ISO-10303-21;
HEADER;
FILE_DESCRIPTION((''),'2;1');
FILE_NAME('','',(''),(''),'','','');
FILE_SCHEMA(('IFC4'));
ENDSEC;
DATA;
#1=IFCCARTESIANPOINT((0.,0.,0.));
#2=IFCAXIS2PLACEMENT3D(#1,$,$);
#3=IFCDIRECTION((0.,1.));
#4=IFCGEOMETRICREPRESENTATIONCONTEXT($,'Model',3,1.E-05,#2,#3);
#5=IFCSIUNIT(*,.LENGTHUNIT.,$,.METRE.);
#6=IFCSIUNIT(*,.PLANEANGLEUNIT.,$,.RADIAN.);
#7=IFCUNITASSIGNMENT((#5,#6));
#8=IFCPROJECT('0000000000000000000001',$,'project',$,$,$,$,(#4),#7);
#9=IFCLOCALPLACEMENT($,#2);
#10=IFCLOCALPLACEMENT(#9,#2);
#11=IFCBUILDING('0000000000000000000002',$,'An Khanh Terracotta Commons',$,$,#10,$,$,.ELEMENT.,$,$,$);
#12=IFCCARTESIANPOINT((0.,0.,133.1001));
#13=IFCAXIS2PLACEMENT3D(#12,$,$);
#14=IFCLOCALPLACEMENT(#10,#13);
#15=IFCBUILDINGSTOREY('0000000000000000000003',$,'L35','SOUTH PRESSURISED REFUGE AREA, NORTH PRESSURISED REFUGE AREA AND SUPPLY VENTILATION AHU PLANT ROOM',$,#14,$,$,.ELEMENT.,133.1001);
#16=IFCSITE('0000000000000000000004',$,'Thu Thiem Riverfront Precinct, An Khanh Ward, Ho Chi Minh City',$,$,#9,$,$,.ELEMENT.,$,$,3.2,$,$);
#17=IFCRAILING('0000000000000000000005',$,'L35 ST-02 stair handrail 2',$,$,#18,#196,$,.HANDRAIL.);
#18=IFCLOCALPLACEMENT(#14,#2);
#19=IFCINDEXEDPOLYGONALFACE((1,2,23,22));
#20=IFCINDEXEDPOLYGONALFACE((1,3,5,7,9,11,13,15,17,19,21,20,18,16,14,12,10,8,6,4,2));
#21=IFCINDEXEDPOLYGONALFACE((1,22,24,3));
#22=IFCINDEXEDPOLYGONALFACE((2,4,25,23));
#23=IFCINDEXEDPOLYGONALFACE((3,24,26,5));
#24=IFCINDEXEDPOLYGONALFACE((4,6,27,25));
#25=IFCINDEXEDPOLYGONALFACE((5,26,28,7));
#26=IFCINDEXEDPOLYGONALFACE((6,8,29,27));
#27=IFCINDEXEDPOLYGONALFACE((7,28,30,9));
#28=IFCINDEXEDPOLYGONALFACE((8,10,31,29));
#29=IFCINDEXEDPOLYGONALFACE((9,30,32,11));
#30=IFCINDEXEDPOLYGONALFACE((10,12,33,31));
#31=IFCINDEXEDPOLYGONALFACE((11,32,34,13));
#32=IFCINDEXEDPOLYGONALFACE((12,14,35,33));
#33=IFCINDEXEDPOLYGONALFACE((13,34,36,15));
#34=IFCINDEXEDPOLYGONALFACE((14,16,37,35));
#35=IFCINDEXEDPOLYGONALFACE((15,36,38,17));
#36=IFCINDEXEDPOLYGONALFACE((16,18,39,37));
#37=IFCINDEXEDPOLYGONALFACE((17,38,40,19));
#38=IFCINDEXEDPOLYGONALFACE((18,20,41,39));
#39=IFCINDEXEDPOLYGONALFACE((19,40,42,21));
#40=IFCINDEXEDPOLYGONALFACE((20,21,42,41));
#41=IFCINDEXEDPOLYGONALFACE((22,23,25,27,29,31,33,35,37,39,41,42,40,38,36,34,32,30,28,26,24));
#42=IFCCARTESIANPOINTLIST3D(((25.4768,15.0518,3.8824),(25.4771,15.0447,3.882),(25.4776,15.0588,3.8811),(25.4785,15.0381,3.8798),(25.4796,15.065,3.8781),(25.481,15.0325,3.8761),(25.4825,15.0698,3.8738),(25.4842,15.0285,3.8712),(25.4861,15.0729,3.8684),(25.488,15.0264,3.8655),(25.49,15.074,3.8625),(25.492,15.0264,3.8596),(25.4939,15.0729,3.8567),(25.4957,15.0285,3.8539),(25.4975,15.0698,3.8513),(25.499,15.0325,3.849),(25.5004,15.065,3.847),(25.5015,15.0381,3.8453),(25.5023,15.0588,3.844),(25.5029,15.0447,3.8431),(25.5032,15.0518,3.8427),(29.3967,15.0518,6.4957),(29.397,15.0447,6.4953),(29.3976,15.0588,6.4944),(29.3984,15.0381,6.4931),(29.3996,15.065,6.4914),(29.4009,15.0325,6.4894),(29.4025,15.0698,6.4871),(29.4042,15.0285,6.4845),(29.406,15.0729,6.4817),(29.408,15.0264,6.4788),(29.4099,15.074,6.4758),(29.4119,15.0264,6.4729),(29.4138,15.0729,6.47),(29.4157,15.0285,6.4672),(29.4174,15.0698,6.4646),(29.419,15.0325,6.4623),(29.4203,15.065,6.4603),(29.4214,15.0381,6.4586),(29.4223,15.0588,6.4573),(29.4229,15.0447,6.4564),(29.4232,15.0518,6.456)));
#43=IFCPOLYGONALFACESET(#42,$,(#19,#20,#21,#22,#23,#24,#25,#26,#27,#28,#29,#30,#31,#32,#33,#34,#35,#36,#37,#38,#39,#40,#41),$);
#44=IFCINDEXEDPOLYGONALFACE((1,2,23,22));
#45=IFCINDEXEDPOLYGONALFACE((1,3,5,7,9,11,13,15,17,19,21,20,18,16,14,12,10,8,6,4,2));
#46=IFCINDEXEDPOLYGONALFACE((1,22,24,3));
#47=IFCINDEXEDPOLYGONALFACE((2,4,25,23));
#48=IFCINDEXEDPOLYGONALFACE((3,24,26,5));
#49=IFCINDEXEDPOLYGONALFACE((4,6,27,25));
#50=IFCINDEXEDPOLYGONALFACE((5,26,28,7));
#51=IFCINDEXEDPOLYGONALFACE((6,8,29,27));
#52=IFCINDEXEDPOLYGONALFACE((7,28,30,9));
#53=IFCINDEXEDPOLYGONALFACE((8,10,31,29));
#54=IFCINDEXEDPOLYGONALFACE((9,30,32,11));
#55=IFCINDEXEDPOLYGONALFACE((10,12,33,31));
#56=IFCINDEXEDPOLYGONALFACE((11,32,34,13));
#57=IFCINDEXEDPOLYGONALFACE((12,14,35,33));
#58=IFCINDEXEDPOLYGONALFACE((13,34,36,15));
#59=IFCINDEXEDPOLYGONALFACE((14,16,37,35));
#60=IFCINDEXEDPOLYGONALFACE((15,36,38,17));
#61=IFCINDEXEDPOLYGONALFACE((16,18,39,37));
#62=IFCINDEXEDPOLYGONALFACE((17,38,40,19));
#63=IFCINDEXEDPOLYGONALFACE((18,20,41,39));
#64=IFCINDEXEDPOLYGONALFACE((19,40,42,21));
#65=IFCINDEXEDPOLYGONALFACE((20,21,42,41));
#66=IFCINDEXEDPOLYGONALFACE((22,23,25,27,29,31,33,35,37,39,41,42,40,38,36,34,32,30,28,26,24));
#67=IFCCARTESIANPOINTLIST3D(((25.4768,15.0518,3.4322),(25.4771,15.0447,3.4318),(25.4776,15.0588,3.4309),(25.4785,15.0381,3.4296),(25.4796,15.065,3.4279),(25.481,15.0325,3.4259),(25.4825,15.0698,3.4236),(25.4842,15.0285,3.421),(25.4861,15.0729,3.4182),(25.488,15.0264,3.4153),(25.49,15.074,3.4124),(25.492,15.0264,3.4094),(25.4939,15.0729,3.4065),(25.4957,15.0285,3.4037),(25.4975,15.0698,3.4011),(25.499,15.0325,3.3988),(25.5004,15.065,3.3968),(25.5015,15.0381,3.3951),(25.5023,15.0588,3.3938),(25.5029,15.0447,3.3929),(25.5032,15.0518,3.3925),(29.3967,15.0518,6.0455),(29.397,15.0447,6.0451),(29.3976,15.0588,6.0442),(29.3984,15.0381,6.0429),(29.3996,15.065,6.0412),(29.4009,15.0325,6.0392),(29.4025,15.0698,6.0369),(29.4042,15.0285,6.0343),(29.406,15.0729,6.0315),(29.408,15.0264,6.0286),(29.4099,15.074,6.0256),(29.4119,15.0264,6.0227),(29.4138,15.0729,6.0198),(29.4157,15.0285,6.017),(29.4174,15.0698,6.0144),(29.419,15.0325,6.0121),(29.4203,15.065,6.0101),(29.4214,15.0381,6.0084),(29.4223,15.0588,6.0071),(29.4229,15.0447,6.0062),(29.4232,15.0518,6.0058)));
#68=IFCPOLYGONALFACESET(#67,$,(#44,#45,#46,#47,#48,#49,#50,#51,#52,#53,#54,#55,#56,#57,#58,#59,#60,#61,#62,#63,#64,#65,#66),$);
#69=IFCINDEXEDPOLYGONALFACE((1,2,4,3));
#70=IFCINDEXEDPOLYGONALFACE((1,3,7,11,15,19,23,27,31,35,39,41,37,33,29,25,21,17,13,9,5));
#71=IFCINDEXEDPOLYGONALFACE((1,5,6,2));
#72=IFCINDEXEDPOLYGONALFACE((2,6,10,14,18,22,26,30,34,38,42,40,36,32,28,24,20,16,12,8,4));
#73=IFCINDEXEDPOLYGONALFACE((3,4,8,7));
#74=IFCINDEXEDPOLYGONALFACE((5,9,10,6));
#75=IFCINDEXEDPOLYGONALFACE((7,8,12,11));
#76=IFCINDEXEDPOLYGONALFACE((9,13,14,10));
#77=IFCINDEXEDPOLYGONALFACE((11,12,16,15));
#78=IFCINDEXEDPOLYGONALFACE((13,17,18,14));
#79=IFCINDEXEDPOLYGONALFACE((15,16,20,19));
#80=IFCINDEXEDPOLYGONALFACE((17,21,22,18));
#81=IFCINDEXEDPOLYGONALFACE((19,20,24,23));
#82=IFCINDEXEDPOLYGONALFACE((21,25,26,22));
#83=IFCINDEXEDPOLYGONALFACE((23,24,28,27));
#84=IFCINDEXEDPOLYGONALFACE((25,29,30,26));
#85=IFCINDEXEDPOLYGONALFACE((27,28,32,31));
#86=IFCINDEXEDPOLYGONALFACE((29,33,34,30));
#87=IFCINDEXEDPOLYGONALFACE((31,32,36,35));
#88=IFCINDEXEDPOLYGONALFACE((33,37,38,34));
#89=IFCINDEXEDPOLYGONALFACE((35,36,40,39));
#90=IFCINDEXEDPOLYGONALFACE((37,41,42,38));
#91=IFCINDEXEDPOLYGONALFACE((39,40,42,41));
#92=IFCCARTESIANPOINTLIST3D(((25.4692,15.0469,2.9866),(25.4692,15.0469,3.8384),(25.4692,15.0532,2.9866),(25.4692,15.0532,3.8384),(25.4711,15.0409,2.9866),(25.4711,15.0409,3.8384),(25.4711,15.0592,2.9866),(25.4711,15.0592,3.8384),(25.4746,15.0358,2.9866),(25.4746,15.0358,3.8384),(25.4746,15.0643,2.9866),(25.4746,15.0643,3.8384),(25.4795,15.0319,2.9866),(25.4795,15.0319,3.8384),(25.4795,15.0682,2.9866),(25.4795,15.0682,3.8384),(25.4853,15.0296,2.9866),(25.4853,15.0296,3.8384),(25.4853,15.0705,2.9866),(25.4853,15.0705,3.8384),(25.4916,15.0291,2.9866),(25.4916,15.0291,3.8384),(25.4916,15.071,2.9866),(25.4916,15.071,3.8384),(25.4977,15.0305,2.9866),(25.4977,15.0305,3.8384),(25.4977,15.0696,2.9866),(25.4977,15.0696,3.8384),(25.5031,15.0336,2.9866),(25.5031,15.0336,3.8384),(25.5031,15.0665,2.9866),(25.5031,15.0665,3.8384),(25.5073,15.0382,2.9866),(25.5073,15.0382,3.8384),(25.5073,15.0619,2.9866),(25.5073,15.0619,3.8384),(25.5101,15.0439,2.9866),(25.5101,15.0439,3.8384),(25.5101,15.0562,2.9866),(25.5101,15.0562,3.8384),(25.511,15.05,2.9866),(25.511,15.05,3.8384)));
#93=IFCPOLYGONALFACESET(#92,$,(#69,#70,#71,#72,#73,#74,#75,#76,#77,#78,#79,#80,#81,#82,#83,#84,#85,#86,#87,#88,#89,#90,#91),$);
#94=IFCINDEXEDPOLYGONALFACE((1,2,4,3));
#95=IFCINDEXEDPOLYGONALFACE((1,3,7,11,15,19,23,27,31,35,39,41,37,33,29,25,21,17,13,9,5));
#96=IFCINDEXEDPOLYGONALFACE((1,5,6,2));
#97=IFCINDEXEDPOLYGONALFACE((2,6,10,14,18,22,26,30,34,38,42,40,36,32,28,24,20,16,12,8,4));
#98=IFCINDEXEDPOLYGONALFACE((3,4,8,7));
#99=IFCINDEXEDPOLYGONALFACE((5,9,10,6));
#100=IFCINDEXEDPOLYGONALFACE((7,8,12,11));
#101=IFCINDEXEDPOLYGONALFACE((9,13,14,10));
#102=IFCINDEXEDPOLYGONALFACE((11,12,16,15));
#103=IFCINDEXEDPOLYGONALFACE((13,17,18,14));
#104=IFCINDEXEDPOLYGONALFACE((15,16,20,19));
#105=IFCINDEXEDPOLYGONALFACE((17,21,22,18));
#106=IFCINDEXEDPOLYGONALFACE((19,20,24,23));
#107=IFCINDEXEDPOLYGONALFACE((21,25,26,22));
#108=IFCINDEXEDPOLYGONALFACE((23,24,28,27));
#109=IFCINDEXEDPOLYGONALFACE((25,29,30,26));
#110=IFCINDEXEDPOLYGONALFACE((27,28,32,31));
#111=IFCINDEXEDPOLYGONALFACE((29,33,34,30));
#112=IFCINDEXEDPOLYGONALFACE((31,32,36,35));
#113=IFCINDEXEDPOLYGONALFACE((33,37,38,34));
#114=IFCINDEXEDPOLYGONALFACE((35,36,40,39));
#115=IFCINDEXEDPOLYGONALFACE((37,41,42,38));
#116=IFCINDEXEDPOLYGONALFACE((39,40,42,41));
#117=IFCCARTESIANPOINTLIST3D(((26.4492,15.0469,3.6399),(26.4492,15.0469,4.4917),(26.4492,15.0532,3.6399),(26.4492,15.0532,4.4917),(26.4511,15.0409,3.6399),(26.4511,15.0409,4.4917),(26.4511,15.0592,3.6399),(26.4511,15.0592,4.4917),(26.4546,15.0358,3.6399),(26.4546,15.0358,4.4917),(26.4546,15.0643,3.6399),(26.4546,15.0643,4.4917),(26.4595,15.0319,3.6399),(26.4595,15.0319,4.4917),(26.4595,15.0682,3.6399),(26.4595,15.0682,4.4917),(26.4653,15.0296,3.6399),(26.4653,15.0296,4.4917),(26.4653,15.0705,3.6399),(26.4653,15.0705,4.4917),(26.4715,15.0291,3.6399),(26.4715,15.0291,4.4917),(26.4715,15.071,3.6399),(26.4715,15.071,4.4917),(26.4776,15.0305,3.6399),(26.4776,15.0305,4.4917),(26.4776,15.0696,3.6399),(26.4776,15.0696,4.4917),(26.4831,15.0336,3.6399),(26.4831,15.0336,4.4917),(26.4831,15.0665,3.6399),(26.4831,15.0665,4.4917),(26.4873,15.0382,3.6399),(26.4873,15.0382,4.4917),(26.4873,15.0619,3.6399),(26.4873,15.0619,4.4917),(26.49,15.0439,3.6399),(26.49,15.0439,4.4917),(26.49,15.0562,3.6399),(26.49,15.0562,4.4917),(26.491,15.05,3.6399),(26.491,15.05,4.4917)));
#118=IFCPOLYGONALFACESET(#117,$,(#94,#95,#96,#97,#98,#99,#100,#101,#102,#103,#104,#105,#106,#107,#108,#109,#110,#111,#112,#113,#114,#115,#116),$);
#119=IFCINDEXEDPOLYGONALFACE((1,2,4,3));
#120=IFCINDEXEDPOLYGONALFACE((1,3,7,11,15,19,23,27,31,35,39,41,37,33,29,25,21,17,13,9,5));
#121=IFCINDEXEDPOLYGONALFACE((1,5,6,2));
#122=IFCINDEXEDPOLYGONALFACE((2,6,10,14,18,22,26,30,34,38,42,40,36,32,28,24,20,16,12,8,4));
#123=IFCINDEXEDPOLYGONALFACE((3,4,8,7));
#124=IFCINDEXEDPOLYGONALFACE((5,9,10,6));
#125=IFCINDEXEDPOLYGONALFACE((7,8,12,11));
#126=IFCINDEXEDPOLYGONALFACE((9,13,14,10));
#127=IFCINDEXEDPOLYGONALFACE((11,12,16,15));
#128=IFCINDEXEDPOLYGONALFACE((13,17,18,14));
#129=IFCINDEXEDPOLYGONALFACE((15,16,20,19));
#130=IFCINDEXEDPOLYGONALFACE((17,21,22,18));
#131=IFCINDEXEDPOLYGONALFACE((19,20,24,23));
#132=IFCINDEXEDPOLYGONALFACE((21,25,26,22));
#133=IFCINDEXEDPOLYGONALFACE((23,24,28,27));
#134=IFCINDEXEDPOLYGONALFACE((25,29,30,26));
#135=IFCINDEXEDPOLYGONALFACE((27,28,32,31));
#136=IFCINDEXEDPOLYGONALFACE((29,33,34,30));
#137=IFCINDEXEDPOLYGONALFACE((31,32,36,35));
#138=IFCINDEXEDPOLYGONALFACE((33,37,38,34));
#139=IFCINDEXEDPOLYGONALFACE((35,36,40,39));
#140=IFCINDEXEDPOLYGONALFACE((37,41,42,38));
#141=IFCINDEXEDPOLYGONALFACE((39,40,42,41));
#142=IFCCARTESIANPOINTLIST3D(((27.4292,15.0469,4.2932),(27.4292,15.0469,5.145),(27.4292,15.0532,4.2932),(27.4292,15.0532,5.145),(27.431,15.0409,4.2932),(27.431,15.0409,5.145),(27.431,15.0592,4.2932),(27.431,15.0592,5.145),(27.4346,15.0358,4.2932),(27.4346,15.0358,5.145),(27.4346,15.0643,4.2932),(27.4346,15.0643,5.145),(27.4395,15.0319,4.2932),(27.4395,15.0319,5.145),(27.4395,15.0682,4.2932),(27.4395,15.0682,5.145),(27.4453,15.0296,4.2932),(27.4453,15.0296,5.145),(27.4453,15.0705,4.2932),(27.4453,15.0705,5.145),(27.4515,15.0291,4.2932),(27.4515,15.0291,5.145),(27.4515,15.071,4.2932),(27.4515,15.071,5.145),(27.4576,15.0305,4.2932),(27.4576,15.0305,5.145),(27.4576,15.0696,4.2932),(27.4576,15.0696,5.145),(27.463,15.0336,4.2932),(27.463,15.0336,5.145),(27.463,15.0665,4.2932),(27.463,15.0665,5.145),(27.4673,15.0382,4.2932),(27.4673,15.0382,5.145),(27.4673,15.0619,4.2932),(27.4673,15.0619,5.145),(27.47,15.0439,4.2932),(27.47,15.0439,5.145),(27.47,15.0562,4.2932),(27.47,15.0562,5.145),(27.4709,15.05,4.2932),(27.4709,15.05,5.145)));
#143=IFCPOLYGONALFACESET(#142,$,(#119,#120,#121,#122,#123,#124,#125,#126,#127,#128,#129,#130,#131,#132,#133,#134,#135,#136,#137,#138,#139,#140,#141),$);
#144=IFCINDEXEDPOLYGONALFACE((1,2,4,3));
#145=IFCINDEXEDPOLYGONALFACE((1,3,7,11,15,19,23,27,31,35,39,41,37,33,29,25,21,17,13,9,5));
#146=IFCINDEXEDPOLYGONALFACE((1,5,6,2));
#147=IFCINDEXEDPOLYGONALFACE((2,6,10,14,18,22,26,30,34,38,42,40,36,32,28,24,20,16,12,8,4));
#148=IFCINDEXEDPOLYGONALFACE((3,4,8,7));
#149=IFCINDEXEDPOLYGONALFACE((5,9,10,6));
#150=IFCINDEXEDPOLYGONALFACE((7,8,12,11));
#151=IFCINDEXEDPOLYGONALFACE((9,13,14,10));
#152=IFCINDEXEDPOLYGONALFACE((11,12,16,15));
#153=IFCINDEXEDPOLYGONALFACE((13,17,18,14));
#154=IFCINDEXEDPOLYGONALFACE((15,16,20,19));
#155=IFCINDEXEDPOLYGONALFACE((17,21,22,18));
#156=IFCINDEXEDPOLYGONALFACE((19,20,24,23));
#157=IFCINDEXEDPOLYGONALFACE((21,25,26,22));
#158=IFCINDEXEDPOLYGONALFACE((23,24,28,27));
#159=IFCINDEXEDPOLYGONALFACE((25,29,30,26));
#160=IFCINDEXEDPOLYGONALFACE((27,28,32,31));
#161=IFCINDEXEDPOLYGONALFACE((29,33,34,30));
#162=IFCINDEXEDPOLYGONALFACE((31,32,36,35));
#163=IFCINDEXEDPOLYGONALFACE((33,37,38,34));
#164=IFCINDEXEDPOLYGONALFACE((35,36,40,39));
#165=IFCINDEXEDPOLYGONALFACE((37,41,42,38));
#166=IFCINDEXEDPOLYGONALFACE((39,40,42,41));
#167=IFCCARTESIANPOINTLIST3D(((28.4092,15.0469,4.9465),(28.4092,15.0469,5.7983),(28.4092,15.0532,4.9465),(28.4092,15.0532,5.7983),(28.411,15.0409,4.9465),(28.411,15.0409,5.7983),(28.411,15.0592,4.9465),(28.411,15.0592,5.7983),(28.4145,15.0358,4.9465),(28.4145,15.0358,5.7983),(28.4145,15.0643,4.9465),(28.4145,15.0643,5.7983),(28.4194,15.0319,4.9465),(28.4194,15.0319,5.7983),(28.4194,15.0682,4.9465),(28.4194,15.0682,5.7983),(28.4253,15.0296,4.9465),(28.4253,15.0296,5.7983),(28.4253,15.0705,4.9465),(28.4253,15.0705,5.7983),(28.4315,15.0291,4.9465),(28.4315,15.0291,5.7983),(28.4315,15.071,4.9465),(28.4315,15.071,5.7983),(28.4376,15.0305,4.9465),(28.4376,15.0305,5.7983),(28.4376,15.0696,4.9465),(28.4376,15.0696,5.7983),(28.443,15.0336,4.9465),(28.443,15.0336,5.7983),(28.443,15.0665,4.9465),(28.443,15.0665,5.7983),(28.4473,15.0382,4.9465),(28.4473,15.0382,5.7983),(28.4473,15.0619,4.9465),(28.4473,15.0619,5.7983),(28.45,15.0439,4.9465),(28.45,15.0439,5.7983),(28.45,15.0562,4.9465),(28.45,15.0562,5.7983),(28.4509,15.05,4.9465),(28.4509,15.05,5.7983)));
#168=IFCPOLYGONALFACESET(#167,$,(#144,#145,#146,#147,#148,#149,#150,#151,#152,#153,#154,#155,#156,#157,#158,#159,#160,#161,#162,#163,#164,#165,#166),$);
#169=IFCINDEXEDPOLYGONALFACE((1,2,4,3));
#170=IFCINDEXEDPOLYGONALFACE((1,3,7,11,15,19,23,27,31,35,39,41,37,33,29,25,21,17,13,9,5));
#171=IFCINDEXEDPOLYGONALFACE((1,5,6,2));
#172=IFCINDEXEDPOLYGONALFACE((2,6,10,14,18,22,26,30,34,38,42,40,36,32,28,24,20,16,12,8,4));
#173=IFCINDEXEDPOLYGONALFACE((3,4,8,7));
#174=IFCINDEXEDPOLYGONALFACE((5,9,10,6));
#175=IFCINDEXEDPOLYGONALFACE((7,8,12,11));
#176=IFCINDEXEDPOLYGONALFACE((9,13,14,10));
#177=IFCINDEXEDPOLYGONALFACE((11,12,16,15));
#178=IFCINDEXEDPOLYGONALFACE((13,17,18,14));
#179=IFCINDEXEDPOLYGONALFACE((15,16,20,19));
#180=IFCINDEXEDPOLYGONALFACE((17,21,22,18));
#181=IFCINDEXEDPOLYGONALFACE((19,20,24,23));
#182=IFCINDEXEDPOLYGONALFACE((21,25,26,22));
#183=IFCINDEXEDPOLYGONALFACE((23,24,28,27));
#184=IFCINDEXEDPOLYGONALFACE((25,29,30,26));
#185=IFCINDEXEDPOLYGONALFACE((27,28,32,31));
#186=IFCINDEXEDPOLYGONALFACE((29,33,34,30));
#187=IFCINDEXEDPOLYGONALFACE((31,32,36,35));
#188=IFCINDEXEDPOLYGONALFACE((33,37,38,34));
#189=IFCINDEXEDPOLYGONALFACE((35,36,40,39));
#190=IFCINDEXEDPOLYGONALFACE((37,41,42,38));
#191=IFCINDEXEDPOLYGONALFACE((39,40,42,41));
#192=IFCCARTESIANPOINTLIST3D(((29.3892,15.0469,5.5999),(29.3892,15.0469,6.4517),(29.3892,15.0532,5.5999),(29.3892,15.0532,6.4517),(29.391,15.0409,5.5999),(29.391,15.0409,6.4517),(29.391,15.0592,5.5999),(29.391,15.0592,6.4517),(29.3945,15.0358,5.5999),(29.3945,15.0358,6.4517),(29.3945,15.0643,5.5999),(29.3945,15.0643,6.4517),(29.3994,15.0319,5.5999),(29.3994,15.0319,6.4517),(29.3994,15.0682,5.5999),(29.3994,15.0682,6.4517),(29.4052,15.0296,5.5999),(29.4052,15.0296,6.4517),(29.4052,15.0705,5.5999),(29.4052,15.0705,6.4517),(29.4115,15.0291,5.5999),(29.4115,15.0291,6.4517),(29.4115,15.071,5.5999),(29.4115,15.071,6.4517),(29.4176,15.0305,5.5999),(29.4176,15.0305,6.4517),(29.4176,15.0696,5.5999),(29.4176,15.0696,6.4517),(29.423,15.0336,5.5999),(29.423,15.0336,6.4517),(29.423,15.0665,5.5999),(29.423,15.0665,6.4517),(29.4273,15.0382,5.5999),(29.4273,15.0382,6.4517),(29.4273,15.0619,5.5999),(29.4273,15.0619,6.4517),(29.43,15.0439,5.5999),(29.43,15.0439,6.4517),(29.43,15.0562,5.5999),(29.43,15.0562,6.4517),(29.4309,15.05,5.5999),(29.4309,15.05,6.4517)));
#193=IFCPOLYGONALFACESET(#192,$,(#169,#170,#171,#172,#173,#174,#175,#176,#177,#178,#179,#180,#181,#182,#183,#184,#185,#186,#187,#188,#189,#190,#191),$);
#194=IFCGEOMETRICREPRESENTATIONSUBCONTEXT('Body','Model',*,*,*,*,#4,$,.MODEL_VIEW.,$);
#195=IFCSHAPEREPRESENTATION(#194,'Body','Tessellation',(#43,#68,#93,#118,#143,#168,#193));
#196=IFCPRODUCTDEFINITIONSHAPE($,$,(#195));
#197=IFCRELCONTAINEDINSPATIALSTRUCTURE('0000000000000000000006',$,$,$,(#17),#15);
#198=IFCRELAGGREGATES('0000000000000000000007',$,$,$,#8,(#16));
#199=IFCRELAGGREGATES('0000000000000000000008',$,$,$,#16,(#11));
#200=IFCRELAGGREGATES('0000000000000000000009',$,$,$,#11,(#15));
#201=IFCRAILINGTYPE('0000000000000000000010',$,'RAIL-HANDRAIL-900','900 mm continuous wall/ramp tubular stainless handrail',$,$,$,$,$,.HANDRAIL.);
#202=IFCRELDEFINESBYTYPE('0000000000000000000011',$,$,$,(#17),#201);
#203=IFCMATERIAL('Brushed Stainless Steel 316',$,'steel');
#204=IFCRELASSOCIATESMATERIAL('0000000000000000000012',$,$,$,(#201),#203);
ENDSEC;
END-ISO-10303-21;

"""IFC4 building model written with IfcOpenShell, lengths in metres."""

from ifc_helpers import new_model, si_unit, direction, frame, origin, origin_2d, place, context, subcontext, project, spatial, circle, extrude, material, type_object, element, save


model = new_model("IFC4")

# Units and contexts
model_context = context("Model", 3, precision=1e-05, world=origin(), true_north=direction((0.0, 1.0)))
body_context = subcontext(model_context, "Body", "Model", "MODEL_VIEW")
ifc_project = project(units=[si_unit("LENGTHUNIT", "METRE"), si_unit("PLANEANGLEUNIT", "RADIAN")], contexts=[model_context])

# Site, building, storey
site_placement = place(None, origin())
site = spatial("IfcSite", under=ifc_project, at=site_placement, Name="Thu Thiem Riverfront Precinct, An Khanh Ward, Ho Chi Minh City", CompositionType="ELEMENT", RefElevation=3.2)
building_placement = place(site_placement, origin())
building = spatial("IfcBuilding", under=site, at=building_placement, Name="An Khanh Terracotta Commons", CompositionType="ELEMENT")
storey_placement = place(building_placement, frame((0.0, 0.0, 133.1001)))
storey = spatial("IfcBuildingStorey", under=building, at=storey_placement, Name="L35", Description="SOUTH PRESSURISED REFUGE AREA, NORTH PRESSURISED REFUGE AREA AND SUPPLY VENTILATION AHU PLANT ROOM", CompositionType="ELEMENT", Elevation=133.1001)

# Railing
ifc_material_1 = material(Name="Brushed Stainless Steel 316", Category="steel")
railing_type_1 = type_object("IfcRailingType", Name="RAIL-HANDRAIL-900", Description="900 mm continuous wall/ramp tubular stainless handrail", PredefinedType="HANDRAIL", material=ifc_material_1)
railing_1_placement = place(storey_placement, frame((25.49, 15.05, 2.9866)))
element("IfcRailing", 1, at=railing_1_placement, inside=storey, type_object=railing_type_1, Name="L35 ST-02 stair handrail 2", PredefinedType="HANDRAIL", context=body_context, shape_type="SweptSolid", body=[
    extrude(circle(Radius=0.0239, at=origin_2d()), frame((0.0, 0.0, 0.876), z_axis=(0.83205, 0.0, 0.5547), x_axis=(0.0, 1.0, 0.0)), (0.0, 0.0, 1.0), 4.7112),
    extrude(circle(Radius=0.0239, at=origin_2d()), frame((0.0, 0.0, 0.4258), z_axis=(0.83205, 0.0, 0.5547), x_axis=(0.0, 1.0, 0.0)), (0.0, 0.0, 1.0), 4.7112),
    extrude(circle(Radius=0.021, at=origin_2d()), origin(), (0.0, 0.0, 1.0), 0.8518),
    extrude(circle(Radius=0.021, at=origin_2d()), frame((0.98, 0.0, 0.6533)), (0.0, 0.0, 1.0), 0.8518),
    extrude(circle(Radius=0.021, at=origin_2d()), frame((1.96, 0.0, 1.3066)), (0.0, 0.0, 1.0), 0.8518),
    extrude(circle(Radius=0.021, at=origin_2d()), frame((2.9399, 0.0, 1.96)), (0.0, 0.0, 1.0), 0.8518),
    extrude(circle(Radius=0.021, at=origin_2d()), frame((3.9199, 0.0, 2.6133)), (0.0, 0.0, 1.0), 0.8518),
])

save(model, "model.ifc")
